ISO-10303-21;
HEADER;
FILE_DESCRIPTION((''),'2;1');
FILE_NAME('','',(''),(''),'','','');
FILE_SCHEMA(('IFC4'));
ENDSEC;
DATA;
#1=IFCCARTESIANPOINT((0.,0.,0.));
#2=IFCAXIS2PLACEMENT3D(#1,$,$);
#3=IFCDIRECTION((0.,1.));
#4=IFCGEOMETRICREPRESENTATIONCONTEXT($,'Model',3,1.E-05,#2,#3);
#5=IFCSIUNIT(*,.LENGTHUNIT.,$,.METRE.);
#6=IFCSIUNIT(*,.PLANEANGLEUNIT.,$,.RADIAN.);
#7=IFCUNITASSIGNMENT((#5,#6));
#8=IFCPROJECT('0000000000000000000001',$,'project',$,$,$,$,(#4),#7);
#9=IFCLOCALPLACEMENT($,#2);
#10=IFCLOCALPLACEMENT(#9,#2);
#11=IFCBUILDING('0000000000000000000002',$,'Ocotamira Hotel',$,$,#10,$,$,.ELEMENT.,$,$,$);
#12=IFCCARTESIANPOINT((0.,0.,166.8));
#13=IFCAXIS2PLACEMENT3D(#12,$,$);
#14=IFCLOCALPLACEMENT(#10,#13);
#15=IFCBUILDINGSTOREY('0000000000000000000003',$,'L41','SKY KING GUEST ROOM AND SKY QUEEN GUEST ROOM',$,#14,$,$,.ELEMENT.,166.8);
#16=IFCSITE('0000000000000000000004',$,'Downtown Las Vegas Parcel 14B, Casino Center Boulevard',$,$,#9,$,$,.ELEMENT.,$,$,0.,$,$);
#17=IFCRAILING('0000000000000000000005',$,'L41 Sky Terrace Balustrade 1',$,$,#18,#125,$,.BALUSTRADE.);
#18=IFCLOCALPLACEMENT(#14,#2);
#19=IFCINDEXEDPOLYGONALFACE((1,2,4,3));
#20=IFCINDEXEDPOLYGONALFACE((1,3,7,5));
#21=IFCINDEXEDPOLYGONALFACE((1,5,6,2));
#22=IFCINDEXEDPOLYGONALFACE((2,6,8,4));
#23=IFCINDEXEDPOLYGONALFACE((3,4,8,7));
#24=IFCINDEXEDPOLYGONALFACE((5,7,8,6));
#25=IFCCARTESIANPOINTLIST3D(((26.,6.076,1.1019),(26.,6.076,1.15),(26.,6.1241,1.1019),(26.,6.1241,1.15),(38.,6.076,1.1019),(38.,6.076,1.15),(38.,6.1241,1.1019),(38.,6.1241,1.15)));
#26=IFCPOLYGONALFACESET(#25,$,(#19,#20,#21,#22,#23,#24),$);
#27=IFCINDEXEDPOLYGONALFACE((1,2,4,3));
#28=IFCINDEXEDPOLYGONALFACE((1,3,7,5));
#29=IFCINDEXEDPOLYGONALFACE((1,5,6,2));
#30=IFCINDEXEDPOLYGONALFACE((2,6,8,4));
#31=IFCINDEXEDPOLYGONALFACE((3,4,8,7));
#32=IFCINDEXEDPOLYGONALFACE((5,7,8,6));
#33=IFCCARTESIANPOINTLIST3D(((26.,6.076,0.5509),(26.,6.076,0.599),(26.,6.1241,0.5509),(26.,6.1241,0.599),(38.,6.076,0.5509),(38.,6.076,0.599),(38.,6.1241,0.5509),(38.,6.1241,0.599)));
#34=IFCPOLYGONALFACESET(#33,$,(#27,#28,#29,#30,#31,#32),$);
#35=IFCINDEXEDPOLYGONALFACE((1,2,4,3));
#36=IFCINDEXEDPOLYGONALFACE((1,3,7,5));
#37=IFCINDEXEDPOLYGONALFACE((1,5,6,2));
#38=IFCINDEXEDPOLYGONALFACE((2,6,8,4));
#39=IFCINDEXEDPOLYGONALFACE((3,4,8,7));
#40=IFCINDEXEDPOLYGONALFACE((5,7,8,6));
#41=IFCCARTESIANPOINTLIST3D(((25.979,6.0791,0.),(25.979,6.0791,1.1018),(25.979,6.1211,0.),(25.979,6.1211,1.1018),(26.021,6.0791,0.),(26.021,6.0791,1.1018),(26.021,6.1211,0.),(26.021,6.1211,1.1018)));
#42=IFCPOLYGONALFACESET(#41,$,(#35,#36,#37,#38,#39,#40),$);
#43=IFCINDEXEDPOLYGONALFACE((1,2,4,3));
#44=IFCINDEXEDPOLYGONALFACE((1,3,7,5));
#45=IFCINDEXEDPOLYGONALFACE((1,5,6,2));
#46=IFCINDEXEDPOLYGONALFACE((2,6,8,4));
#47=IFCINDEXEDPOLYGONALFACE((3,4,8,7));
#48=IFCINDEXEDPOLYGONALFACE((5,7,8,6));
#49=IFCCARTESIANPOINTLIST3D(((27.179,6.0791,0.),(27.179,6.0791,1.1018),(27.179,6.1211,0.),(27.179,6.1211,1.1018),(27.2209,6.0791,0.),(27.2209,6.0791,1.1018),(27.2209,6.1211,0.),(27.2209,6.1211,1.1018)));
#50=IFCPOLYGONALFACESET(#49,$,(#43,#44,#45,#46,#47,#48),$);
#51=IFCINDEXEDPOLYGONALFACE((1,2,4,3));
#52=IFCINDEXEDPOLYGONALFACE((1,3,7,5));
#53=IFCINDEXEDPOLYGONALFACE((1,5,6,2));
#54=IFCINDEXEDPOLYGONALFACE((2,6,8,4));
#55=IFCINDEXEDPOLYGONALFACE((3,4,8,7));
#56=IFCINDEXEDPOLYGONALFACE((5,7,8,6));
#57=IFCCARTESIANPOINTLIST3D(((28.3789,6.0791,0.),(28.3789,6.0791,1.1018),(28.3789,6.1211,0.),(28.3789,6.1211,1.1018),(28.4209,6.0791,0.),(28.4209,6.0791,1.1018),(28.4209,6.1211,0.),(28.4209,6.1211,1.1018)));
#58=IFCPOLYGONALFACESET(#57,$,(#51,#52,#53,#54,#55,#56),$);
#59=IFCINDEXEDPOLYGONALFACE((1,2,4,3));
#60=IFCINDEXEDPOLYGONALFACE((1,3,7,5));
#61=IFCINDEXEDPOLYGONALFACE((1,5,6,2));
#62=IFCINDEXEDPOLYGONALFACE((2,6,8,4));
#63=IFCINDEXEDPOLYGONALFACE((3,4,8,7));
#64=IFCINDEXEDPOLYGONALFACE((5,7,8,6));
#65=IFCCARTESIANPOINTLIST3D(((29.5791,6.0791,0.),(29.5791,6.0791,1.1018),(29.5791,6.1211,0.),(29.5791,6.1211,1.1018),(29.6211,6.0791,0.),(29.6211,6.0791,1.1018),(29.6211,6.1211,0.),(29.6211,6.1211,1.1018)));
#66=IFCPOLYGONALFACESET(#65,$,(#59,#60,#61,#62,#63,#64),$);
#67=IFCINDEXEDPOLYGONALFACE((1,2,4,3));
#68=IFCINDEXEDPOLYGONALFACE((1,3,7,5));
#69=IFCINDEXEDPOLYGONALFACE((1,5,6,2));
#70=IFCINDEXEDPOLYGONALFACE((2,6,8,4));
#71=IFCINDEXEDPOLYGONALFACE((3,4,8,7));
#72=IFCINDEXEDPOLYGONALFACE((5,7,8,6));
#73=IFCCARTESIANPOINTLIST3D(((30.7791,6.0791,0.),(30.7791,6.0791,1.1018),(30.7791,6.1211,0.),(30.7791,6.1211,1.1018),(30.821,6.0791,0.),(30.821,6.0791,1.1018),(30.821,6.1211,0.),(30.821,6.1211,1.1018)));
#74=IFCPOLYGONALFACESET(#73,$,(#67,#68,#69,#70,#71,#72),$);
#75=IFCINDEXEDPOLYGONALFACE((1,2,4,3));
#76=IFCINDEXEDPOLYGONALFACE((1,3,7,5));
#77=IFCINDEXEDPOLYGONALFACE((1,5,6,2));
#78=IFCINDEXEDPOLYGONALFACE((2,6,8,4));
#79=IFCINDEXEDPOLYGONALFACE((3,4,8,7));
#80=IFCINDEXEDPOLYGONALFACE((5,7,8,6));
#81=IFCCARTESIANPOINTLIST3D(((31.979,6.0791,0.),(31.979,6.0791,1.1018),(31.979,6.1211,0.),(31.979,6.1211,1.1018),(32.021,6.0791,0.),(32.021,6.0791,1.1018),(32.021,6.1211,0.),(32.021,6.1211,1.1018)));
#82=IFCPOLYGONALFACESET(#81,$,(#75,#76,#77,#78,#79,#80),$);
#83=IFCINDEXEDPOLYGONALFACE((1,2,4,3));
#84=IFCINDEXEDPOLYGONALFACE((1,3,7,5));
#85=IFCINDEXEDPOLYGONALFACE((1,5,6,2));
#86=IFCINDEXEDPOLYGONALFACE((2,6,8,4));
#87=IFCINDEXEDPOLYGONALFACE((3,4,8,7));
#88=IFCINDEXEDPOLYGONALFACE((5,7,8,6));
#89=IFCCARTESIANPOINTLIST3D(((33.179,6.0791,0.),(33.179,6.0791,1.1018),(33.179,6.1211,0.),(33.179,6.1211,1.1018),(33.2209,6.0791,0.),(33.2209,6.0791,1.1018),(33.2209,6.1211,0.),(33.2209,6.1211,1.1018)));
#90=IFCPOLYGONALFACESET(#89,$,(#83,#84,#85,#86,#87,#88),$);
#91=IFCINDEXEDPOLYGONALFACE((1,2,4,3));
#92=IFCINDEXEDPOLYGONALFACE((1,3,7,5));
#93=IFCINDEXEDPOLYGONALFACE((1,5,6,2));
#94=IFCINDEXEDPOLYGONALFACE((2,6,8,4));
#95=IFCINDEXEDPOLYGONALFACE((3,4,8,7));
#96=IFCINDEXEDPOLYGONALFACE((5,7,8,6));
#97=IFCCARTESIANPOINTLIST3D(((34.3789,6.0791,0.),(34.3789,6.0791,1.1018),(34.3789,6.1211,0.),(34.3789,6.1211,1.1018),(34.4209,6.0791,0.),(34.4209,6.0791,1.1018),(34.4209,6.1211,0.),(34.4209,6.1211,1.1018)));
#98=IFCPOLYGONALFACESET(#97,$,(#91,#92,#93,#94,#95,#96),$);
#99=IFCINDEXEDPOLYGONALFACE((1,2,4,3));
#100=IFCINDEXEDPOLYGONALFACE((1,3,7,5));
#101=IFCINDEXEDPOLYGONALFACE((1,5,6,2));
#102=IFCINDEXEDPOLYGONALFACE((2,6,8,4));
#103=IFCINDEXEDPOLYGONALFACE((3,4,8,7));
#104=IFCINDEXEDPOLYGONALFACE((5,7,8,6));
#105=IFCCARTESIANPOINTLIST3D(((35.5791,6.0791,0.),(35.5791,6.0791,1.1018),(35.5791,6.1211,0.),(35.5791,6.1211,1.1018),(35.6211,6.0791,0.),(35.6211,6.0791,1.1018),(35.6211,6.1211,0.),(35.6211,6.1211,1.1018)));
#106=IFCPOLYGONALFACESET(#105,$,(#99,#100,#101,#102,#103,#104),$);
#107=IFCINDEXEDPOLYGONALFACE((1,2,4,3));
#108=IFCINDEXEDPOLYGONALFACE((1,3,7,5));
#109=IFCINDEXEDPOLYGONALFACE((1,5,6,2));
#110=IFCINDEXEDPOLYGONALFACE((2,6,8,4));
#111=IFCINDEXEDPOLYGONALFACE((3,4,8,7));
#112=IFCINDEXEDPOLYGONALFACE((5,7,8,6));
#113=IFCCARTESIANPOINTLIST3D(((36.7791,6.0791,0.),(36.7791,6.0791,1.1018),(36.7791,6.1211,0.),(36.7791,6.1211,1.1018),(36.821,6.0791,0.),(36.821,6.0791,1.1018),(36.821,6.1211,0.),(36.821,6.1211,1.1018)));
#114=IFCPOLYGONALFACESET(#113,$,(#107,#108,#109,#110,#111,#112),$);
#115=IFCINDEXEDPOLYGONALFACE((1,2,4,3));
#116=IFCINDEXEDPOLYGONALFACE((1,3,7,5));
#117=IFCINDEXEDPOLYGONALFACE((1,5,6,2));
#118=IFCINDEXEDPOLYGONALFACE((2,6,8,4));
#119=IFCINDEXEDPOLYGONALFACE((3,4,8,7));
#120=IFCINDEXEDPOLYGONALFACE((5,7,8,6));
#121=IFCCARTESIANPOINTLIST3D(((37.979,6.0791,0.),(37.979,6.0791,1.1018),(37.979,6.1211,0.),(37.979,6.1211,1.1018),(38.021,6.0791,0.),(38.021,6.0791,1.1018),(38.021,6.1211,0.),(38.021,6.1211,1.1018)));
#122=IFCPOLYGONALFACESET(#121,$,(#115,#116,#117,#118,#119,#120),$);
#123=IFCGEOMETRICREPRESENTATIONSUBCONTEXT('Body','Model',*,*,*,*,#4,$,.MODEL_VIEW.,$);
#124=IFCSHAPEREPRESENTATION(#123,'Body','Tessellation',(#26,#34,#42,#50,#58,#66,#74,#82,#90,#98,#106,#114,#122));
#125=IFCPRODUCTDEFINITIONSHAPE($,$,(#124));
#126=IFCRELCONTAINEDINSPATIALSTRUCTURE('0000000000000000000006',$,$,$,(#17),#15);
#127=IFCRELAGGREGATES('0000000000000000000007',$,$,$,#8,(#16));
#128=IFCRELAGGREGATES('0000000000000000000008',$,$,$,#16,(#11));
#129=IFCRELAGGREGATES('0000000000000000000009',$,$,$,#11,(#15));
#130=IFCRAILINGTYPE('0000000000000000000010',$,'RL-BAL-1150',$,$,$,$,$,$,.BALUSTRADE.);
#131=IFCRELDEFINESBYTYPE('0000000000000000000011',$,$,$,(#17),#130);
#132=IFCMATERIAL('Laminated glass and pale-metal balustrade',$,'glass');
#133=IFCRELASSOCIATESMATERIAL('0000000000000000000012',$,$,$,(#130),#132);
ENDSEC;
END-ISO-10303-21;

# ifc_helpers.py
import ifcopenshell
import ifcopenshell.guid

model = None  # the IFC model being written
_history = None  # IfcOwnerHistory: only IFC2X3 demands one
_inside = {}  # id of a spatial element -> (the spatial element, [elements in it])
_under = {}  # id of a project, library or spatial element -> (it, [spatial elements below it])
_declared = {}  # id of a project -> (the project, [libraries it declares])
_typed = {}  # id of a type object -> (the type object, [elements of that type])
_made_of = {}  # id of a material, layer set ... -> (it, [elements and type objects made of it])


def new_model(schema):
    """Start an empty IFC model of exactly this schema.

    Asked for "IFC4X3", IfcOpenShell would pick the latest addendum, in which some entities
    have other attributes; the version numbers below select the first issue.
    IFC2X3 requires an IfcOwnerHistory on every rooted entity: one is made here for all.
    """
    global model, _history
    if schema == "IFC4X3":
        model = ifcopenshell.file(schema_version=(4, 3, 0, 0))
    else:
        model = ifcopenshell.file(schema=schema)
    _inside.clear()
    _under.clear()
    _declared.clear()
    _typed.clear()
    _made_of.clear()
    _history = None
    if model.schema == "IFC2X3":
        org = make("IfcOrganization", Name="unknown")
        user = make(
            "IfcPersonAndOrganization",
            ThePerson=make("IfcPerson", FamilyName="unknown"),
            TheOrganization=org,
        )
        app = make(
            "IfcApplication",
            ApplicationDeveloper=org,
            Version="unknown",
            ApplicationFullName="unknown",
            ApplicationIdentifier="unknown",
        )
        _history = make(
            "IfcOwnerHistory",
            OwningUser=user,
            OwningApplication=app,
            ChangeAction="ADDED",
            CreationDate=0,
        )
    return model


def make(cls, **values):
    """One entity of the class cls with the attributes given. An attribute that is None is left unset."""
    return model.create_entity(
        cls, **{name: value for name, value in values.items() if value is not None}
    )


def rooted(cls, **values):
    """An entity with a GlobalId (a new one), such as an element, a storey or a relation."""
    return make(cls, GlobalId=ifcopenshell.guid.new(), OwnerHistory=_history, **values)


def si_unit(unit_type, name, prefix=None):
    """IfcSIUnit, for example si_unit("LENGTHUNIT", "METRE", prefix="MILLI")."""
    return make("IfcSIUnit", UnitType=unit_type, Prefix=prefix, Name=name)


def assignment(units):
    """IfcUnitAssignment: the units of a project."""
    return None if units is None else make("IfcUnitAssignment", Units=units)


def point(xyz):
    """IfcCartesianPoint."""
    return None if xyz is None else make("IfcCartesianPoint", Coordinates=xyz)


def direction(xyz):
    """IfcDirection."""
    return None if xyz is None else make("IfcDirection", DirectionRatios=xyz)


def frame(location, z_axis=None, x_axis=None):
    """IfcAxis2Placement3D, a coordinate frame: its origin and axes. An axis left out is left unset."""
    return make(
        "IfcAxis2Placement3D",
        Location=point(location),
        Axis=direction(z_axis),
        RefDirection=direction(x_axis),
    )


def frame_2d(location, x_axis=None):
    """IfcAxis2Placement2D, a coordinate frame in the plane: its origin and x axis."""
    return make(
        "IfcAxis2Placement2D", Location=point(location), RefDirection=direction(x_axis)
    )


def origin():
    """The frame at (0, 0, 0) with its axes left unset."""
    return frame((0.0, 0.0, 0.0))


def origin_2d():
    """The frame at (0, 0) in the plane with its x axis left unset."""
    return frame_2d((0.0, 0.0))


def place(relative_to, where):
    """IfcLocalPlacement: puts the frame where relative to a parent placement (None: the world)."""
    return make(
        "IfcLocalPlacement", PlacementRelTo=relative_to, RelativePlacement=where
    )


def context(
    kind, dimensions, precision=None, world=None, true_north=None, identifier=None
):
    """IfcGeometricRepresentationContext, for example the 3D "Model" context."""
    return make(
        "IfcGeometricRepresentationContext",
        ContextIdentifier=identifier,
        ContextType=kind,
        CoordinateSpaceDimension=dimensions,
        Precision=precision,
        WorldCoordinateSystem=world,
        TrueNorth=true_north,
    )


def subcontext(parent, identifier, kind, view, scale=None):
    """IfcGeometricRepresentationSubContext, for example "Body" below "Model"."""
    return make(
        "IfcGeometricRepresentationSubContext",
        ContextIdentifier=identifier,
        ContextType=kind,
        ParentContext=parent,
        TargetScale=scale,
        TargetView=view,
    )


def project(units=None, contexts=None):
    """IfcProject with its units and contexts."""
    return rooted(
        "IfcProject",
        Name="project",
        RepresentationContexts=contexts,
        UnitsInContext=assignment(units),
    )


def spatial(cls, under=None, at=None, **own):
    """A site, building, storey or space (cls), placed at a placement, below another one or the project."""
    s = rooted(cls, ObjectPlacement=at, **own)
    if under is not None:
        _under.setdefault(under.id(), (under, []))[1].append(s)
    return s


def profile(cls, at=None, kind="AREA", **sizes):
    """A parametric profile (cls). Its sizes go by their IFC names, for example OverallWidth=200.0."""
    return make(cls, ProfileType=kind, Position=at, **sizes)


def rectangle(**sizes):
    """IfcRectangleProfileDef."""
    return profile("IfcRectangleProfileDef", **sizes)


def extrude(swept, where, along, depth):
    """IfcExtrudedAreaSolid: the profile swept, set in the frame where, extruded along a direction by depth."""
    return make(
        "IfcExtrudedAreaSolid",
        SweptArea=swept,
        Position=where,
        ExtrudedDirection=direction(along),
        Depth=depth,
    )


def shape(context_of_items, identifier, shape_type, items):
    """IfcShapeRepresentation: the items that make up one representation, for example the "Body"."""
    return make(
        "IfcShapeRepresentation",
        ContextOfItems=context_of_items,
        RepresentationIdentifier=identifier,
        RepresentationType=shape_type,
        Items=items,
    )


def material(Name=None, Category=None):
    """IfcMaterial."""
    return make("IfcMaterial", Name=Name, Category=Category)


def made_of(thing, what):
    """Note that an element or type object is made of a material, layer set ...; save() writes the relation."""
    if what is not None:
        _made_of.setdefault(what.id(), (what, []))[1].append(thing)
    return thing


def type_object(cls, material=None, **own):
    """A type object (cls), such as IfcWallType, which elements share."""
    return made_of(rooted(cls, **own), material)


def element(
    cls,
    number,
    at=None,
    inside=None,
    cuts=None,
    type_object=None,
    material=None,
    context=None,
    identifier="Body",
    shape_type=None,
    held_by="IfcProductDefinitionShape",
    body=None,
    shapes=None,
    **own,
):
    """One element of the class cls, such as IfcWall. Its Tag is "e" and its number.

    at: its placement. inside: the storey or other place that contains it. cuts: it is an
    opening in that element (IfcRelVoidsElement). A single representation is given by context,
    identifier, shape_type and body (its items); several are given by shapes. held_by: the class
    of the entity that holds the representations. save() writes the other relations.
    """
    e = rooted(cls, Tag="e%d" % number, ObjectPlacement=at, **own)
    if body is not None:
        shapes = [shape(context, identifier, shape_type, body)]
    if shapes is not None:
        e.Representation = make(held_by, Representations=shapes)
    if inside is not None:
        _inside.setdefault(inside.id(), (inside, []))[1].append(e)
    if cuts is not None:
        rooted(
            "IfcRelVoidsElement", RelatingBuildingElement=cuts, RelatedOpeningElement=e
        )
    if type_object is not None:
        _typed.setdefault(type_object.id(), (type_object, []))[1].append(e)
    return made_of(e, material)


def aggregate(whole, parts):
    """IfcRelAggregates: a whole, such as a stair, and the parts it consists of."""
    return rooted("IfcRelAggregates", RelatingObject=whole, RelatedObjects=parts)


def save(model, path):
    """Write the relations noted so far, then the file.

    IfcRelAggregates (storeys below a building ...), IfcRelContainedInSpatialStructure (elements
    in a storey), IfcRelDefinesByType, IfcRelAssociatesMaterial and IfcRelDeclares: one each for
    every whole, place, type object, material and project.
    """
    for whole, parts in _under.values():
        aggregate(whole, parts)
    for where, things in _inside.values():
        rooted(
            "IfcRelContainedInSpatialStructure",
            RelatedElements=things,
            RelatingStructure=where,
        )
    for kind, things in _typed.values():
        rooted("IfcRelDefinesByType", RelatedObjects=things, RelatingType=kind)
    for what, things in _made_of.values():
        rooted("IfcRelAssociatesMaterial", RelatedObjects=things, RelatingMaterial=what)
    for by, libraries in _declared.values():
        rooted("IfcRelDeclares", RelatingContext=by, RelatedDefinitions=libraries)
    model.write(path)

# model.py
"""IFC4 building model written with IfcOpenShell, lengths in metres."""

from ifc_helpers import new_model, si_unit, direction, frame, origin, origin_2d, place, context, subcontext, project, spatial, rectangle, extrude, material, type_object, element, save


model = new_model("IFC4")

# Units and contexts
model_context = context("Model", 3, precision=1e-05, world=origin(), true_north=direction((0.0, 1.0)))
body_context = subcontext(model_context, "Body", "Model", "MODEL_VIEW")
ifc_project = project(units=[si_unit("LENGTHUNIT", "METRE"), si_unit("PLANEANGLEUNIT", "RADIAN")], contexts=[model_context])

# Site, building, storey
site_placement = place(None, origin())
site = spatial("IfcSite", under=ifc_project, at=site_placement, Name="Downtown Las Vegas Parcel 14B, Casino Center Boulevard", CompositionType="ELEMENT", RefElevation=0.0)
building_placement = place(site_placement, origin())
building = spatial("IfcBuilding", under=site, at=building_placement, Name="Ocotamira Hotel", CompositionType="ELEMENT")
storey_placement = place(building_placement, frame((0.0, 0.0, 166.8)))
storey = spatial("IfcBuildingStorey", under=building, at=storey_placement, Name="L41", Description="SKY KING GUEST ROOM AND SKY QUEEN GUEST ROOM", CompositionType="ELEMENT", Elevation=166.8)

# Railing
ifc_material_1 = material(Name="Laminated glass and pale-metal balustrade", Category="glass")
railing_type_1 = type_object("IfcRailingType", Name="RL-BAL-1150", PredefinedType="BALUSTRADE", material=ifc_material_1)
railing_1_placement = place(storey_placement, frame((26.0, 6.1001, 0.0)))
element("IfcRailing", 1, at=railing_1_placement, inside=storey, type_object=railing_type_1, Name="L41 Sky Terrace Balustrade 1", PredefinedType="BALUSTRADE", context=body_context, shape_type="SweptSolid", body=[
    extrude(rectangle(XDim=0.0481, YDim=0.0481, at=origin_2d()), frame((0.0, 0.0, 1.126), z_axis=(1.0, 0.0, 0.0), x_axis=(0.0, 1.0, 0.0)), (0.0, 0.0, 1.0), 12.0),
    extrude(rectangle(XDim=0.0481, YDim=0.0481, at=origin_2d()), frame((0.0, 0.0, 0.575), z_axis=(1.0, 0.0, 0.0), x_axis=(0.0, 1.0, 0.0)), (0.0, 0.0, 1.0), 12.0),
    extrude(rectangle(XDim=0.042, YDim=0.042, at=origin_2d()), origin(), (0.0, 0.0, 1.0), 1.1018),
    extrude(rectangle(XDim=0.042, YDim=0.042, at=origin_2d()), frame((1.2, 0.0, 0.0)), (0.0, 0.0, 1.0), 1.1018),
    extrude(rectangle(XDim=0.042, YDim=0.042, at=origin_2d()), frame((2.3999, 0.0, 0.0)), (0.0, 0.0, 1.0), 1.1018),
    extrude(rectangle(XDim=0.042, YDim=0.042, at=origin_2d()), frame((3.6001, 0.0, 0.0)), (0.0, 0.0, 1.0), 1.1018),
    extrude(rectangle(XDim=0.042, YDim=0.042, at=origin_2d()), frame((4.8, 0.0, 0.0)), (0.0, 0.0, 1.0), 1.1018),
    extrude(rectangle(XDim=0.042, YDim=0.042, at=origin_2d()), frame((6.0, 0.0, 0.0)), (0.0, 0.0, 1.0), 1.1018),
    extrude(rectangle(XDim=0.042, YDim=0.042, at=origin_2d()), frame((7.2, 0.0, 0.0)), (0.0, 0.0, 1.0), 1.1018),
    extrude(rectangle(XDim=0.042, YDim=0.042, at=origin_2d()), frame((8.3999, 0.0, 0.0)), (0.0, 0.0, 1.0), 1.1018),
    extrude(rectangle(XDim=0.042, YDim=0.042, at=origin_2d()), frame((9.6001, 0.0, 0.0)), (0.0, 0.0, 1.0), 1.1018),
    extrude(rectangle(XDim=0.042, YDim=0.042, at=origin_2d()), frame((10.8, 0.0, 0.0)), (0.0, 0.0, 1.0), 1.1018),
    extrude(rectangle(XDim=0.042, YDim=0.042, at=origin_2d()), frame((12.0, 0.0, 0.0)), (0.0, 0.0, 1.0), 1.1018),
])

save(model, "model.ifc")
